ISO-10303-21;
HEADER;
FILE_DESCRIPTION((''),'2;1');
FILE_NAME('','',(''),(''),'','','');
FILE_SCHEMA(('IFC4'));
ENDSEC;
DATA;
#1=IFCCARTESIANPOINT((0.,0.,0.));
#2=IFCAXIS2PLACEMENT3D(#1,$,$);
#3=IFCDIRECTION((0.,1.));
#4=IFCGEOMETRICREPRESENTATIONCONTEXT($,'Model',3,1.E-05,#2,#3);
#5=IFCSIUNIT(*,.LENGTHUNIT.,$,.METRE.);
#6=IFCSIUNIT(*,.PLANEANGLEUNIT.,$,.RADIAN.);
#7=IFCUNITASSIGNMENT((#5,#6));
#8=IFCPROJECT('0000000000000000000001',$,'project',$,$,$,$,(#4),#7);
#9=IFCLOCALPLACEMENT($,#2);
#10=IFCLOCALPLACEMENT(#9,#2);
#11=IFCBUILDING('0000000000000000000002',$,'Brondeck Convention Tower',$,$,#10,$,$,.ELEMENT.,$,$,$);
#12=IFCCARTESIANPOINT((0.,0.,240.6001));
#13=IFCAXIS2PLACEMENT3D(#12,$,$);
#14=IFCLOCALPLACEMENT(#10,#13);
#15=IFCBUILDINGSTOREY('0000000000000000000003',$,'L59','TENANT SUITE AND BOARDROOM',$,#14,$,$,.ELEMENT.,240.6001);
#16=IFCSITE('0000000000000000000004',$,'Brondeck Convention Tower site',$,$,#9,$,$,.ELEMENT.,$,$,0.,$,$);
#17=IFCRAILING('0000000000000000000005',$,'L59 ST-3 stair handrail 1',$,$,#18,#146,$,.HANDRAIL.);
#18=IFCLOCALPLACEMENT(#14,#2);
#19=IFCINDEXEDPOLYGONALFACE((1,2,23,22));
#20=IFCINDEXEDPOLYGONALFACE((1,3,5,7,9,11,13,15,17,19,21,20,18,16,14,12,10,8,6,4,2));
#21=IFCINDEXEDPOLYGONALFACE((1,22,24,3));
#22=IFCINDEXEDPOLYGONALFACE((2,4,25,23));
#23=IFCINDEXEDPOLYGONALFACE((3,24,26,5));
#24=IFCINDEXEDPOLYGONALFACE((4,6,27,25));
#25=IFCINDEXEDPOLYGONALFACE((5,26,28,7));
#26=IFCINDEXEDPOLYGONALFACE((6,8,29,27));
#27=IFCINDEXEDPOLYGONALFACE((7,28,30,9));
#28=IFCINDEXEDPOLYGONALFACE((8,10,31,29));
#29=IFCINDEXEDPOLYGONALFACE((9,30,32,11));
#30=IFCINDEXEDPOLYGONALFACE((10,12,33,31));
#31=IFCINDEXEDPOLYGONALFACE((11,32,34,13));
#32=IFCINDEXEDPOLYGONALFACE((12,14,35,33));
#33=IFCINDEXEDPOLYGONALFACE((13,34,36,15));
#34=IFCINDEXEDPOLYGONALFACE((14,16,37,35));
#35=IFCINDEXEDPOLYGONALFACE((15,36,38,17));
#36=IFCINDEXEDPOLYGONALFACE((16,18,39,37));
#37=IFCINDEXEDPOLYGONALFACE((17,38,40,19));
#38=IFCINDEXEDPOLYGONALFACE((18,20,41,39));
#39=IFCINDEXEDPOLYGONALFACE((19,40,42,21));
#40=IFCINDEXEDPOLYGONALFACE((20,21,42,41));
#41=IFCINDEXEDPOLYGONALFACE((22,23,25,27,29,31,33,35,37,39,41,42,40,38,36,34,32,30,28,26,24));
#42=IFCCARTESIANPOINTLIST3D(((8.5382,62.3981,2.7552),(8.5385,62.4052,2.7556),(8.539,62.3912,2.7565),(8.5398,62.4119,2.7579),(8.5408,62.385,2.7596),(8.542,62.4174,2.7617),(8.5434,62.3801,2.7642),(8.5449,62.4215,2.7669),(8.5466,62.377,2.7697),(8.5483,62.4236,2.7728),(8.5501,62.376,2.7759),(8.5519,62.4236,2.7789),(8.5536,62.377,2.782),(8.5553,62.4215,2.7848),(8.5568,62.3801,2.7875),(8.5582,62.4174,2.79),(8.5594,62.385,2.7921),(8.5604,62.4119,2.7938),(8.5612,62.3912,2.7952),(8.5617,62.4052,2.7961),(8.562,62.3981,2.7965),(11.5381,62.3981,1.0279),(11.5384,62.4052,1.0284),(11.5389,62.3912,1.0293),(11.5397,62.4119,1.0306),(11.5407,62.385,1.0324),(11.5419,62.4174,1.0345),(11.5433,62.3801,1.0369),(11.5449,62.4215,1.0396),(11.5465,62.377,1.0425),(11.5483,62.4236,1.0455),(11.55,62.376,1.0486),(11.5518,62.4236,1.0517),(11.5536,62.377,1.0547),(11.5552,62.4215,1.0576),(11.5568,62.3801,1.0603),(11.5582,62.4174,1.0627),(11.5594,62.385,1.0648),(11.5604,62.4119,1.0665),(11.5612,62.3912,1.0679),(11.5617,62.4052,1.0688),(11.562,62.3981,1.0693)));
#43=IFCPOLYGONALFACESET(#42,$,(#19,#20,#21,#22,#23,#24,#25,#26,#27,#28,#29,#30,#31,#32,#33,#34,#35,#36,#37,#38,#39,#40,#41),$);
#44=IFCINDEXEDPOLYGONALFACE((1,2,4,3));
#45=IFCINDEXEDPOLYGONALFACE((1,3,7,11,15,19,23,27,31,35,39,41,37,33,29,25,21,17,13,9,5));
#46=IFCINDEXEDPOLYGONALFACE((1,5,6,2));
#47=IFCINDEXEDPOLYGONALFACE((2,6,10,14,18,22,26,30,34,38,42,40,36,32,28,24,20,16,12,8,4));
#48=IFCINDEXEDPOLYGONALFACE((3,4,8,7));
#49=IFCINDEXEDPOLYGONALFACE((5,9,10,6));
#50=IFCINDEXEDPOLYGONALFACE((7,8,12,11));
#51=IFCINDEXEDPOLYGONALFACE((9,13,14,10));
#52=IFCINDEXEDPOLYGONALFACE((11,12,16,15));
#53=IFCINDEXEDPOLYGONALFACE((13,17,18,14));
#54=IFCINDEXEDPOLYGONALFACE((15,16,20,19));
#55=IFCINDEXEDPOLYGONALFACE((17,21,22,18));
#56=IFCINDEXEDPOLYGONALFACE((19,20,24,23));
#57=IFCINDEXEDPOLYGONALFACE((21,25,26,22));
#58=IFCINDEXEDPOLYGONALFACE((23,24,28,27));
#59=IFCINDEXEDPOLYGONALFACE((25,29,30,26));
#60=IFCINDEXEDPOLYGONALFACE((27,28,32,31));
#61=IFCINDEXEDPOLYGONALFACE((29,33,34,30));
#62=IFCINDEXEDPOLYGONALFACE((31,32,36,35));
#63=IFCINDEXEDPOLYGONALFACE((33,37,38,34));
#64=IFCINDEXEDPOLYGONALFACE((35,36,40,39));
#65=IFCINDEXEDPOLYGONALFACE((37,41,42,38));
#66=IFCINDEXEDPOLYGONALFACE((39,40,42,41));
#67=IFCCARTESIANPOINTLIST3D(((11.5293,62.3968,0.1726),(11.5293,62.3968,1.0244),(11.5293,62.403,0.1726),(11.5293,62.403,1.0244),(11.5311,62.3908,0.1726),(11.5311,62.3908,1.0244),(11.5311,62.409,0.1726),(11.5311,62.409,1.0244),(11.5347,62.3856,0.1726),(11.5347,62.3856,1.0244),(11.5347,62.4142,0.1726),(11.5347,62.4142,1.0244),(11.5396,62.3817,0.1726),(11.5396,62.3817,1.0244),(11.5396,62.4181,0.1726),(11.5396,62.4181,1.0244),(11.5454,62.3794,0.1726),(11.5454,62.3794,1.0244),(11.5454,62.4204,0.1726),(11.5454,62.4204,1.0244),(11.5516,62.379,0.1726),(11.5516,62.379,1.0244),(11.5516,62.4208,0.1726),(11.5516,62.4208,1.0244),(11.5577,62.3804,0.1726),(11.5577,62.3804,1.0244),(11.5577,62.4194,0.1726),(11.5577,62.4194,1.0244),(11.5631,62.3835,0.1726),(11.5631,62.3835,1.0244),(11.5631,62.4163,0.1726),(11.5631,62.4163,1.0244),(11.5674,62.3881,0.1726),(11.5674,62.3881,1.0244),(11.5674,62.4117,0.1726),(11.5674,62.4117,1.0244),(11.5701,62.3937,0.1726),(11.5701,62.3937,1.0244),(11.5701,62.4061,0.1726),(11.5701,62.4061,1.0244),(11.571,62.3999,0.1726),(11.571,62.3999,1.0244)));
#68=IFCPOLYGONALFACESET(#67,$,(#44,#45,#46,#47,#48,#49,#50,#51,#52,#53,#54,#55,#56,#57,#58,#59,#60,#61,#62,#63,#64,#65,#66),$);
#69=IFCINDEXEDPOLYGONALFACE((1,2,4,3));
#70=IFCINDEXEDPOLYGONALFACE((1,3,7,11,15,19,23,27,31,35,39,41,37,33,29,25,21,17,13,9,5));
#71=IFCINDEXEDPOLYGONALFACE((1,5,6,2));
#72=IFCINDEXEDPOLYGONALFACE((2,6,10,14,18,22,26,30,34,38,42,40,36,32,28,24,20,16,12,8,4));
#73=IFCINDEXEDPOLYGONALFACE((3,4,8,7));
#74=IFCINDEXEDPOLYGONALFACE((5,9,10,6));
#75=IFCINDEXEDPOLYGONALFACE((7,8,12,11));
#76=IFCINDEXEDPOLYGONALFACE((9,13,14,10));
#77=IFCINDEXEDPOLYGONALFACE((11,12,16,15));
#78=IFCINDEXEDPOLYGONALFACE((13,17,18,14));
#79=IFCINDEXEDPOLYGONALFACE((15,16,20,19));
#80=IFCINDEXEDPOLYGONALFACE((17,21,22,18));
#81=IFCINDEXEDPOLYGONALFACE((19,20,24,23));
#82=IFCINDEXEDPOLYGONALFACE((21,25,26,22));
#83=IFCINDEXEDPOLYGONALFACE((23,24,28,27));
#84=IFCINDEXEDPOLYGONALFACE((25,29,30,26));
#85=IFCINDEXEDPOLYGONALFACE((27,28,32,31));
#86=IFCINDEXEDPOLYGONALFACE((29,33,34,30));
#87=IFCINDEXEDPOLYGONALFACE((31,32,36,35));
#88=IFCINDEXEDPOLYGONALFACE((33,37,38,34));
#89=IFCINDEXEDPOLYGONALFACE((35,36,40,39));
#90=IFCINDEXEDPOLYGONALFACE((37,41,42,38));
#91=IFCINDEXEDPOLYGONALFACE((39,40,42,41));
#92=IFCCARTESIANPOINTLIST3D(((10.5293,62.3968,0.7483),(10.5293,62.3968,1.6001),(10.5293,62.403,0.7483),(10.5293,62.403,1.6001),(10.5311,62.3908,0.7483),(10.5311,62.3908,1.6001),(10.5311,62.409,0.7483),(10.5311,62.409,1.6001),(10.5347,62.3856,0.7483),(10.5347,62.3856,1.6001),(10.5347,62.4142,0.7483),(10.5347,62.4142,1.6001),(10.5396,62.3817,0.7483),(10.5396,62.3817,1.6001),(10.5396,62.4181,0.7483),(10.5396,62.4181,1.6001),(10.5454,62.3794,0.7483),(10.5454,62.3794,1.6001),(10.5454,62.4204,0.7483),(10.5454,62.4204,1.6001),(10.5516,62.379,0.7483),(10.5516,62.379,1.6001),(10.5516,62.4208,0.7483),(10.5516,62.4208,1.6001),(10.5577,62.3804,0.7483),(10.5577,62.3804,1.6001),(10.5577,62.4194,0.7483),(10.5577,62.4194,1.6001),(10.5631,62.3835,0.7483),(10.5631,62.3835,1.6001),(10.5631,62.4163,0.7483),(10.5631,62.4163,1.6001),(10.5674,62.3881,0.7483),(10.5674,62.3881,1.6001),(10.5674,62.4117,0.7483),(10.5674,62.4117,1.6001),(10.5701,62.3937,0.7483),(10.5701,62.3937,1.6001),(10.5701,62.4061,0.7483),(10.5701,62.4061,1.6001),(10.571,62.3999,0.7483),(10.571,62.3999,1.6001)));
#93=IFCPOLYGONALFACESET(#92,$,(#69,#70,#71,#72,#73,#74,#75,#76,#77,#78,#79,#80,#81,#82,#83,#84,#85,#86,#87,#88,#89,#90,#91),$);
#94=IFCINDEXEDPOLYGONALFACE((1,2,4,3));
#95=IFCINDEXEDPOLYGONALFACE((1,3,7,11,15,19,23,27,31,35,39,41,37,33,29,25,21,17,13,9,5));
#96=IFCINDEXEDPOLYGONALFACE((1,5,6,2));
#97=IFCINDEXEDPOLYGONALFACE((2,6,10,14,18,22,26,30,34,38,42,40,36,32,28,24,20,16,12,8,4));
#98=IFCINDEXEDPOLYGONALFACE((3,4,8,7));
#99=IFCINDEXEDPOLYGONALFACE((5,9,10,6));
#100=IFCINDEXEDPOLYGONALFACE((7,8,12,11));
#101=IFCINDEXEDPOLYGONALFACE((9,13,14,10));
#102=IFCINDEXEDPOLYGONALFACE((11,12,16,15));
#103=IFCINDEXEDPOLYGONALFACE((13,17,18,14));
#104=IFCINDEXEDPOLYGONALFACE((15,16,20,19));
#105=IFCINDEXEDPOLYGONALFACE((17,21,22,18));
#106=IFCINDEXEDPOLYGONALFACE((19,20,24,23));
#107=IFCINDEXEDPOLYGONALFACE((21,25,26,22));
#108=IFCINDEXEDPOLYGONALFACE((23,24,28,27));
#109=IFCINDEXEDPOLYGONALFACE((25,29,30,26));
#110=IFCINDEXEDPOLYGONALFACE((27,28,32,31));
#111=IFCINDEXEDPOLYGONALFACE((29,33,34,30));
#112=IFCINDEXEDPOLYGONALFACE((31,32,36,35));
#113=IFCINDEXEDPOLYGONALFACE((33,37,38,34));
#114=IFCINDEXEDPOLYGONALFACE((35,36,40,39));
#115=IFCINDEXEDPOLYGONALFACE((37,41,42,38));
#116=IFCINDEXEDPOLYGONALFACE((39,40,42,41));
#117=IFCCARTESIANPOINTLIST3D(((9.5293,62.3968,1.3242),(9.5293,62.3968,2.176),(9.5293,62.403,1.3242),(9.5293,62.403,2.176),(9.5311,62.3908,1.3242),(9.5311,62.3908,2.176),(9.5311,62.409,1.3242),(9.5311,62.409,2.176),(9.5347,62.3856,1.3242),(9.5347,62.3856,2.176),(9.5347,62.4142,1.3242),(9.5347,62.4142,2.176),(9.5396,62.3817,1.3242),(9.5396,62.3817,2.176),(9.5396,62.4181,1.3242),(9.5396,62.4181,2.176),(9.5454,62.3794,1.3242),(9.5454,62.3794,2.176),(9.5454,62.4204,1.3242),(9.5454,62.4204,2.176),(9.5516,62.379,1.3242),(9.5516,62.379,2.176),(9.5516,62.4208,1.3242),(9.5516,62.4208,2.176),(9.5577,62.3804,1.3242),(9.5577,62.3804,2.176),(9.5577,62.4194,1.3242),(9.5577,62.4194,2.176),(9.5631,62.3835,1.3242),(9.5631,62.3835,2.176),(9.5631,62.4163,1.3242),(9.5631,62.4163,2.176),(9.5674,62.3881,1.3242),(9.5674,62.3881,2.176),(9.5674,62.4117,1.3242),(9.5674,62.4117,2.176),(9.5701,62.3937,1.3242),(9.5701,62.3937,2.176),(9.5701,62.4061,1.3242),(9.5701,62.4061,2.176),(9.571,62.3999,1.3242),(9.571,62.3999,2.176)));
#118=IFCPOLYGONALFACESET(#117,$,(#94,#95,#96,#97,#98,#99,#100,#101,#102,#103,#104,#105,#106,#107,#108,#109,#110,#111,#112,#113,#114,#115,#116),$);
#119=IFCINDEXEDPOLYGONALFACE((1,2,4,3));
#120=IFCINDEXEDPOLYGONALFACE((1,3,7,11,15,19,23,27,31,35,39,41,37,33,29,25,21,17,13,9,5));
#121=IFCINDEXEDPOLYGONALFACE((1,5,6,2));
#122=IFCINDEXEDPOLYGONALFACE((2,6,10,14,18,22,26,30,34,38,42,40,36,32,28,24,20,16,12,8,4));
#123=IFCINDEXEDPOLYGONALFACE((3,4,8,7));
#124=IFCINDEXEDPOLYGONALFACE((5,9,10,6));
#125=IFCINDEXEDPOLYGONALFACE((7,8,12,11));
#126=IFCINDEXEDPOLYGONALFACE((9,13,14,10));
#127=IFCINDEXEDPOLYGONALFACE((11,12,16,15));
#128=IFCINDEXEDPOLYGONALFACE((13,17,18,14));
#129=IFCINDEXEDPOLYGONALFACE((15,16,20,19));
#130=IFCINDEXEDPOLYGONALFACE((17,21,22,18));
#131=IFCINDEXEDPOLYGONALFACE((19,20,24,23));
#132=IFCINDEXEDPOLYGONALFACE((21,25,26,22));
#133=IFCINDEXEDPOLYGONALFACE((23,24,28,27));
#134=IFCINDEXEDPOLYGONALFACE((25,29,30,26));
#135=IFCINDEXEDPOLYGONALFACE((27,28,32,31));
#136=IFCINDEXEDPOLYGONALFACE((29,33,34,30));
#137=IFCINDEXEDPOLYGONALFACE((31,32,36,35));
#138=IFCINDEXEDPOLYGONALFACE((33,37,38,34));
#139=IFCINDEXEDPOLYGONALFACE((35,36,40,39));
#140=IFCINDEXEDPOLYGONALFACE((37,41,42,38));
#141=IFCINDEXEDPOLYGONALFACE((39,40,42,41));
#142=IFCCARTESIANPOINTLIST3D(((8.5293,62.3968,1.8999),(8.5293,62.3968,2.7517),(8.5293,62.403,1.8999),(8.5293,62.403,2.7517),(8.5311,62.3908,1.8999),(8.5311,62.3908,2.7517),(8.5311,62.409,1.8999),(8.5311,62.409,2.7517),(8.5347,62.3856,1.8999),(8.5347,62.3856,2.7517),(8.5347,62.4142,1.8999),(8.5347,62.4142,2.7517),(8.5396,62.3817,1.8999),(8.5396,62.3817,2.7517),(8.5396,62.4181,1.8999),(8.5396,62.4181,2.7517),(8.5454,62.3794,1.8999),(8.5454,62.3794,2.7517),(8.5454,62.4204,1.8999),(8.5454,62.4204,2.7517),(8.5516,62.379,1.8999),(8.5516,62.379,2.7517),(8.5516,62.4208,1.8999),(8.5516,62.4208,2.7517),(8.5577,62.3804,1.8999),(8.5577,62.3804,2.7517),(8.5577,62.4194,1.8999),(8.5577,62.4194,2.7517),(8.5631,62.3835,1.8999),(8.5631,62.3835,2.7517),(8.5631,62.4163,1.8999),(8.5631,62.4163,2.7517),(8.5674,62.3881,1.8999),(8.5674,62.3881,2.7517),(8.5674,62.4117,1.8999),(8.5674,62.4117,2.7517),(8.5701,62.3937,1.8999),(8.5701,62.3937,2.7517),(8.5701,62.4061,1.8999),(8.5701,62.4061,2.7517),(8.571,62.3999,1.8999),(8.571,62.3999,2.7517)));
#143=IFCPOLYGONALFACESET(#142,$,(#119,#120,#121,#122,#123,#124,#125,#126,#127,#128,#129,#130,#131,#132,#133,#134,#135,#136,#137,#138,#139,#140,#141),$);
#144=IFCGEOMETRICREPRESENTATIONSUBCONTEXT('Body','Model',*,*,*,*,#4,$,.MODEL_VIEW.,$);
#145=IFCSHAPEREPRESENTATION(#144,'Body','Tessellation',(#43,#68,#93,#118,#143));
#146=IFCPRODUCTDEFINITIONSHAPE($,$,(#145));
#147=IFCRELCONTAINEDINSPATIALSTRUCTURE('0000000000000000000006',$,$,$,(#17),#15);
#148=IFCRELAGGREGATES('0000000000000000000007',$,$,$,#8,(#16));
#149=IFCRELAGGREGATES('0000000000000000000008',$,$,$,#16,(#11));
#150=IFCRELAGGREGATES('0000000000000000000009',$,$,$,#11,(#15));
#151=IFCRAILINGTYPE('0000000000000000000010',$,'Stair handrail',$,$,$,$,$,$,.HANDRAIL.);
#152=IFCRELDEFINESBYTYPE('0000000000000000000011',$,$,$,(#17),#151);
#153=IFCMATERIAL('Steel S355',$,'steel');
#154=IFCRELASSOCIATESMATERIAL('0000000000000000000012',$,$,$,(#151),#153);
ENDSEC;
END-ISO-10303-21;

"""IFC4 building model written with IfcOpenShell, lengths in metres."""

from ifc_helpers import new_model, si_unit, direction, frame, origin, origin_2d, place, context, subcontext, project, spatial, circle, extrude, material, type_object, element, save


model = new_model("IFC4")

# Units and contexts
model_context = context("Model", 3, precision=1e-05, world=origin(), true_north=direction((0.0, 1.0)))
body_context = subcontext(model_context, "Body", "Model", "MODEL_VIEW")
ifc_project = project(units=[si_unit("LENGTHUNIT", "METRE"), si_unit("PLANEANGLEUNIT", "RADIAN")], contexts=[model_context])

# Site, building, storey
site_placement = place(None, origin())
site = spatial("IfcSite", under=ifc_project, at=site_placement, Name="Brondeck Convention Tower site", CompositionType="ELEMENT", RefElevation=0.0)
building_placement = place(site_placement, origin())
building = spatial("IfcBuilding", under=site, at=building_placement, Name="Brondeck Convention Tower", CompositionType="ELEMENT")
storey_placement = place(building_placement, frame((0.0, 0.0, 240.6001)))
storey = spatial("IfcBuildingStorey", under=building, at=storey_placement, Name="L59", Description="TENANT SUITE AND BOARDROOM", CompositionType="ELEMENT", Elevation=240.6001)

# Railing
ifc_material_1 = material(Name="Steel S355", Category="steel")
railing_type_1 = type_object("IfcRailingType", Name="Stair handrail", PredefinedType="HANDRAIL", material=ifc_material_1)
railing_1_placement = place(storey_placement, frame((11.55, 62.3999, 0.1726)))
element("IfcRailing", 1, at=railing_1_placement, inside=storey, type_object=railing_type_1, Name="L59 ST-3 stair handrail 1", PredefinedType="HANDRAIL", context=body_context, shape_type="SweptSolid", body=[
    extrude(circle(Radius=0.0239, at=origin_2d()), frame((0.0, 0.0, 0.876), z_axis=(-0.86662, 0.0, 0.498969), x_axis=(0.0, -1.0, 0.0)), (0.0, 0.0, 1.0), 3.4617),
    extrude(circle(Radius=0.021, at=origin_2d()), origin(), (0.0, 0.0, 1.0), 0.8518),
    extrude(circle(Radius=0.021, at=origin_2d()), frame((-1.0, 0.0, 0.5757)), (0.0, 0.0, 1.0), 0.8518),
    extrude(circle(Radius=0.021, at=origin_2d()), frame((-2.0, 0.0, 1.1516)), (0.0, 0.0, 1.0), 0.8518),
    extrude(circle(Radius=0.021, at=origin_2d()), frame((-3.0, 0.0, 1.7273)), (0.0, 0.0, 1.0), 0.8518),
])

save(model, "model.ifc")
